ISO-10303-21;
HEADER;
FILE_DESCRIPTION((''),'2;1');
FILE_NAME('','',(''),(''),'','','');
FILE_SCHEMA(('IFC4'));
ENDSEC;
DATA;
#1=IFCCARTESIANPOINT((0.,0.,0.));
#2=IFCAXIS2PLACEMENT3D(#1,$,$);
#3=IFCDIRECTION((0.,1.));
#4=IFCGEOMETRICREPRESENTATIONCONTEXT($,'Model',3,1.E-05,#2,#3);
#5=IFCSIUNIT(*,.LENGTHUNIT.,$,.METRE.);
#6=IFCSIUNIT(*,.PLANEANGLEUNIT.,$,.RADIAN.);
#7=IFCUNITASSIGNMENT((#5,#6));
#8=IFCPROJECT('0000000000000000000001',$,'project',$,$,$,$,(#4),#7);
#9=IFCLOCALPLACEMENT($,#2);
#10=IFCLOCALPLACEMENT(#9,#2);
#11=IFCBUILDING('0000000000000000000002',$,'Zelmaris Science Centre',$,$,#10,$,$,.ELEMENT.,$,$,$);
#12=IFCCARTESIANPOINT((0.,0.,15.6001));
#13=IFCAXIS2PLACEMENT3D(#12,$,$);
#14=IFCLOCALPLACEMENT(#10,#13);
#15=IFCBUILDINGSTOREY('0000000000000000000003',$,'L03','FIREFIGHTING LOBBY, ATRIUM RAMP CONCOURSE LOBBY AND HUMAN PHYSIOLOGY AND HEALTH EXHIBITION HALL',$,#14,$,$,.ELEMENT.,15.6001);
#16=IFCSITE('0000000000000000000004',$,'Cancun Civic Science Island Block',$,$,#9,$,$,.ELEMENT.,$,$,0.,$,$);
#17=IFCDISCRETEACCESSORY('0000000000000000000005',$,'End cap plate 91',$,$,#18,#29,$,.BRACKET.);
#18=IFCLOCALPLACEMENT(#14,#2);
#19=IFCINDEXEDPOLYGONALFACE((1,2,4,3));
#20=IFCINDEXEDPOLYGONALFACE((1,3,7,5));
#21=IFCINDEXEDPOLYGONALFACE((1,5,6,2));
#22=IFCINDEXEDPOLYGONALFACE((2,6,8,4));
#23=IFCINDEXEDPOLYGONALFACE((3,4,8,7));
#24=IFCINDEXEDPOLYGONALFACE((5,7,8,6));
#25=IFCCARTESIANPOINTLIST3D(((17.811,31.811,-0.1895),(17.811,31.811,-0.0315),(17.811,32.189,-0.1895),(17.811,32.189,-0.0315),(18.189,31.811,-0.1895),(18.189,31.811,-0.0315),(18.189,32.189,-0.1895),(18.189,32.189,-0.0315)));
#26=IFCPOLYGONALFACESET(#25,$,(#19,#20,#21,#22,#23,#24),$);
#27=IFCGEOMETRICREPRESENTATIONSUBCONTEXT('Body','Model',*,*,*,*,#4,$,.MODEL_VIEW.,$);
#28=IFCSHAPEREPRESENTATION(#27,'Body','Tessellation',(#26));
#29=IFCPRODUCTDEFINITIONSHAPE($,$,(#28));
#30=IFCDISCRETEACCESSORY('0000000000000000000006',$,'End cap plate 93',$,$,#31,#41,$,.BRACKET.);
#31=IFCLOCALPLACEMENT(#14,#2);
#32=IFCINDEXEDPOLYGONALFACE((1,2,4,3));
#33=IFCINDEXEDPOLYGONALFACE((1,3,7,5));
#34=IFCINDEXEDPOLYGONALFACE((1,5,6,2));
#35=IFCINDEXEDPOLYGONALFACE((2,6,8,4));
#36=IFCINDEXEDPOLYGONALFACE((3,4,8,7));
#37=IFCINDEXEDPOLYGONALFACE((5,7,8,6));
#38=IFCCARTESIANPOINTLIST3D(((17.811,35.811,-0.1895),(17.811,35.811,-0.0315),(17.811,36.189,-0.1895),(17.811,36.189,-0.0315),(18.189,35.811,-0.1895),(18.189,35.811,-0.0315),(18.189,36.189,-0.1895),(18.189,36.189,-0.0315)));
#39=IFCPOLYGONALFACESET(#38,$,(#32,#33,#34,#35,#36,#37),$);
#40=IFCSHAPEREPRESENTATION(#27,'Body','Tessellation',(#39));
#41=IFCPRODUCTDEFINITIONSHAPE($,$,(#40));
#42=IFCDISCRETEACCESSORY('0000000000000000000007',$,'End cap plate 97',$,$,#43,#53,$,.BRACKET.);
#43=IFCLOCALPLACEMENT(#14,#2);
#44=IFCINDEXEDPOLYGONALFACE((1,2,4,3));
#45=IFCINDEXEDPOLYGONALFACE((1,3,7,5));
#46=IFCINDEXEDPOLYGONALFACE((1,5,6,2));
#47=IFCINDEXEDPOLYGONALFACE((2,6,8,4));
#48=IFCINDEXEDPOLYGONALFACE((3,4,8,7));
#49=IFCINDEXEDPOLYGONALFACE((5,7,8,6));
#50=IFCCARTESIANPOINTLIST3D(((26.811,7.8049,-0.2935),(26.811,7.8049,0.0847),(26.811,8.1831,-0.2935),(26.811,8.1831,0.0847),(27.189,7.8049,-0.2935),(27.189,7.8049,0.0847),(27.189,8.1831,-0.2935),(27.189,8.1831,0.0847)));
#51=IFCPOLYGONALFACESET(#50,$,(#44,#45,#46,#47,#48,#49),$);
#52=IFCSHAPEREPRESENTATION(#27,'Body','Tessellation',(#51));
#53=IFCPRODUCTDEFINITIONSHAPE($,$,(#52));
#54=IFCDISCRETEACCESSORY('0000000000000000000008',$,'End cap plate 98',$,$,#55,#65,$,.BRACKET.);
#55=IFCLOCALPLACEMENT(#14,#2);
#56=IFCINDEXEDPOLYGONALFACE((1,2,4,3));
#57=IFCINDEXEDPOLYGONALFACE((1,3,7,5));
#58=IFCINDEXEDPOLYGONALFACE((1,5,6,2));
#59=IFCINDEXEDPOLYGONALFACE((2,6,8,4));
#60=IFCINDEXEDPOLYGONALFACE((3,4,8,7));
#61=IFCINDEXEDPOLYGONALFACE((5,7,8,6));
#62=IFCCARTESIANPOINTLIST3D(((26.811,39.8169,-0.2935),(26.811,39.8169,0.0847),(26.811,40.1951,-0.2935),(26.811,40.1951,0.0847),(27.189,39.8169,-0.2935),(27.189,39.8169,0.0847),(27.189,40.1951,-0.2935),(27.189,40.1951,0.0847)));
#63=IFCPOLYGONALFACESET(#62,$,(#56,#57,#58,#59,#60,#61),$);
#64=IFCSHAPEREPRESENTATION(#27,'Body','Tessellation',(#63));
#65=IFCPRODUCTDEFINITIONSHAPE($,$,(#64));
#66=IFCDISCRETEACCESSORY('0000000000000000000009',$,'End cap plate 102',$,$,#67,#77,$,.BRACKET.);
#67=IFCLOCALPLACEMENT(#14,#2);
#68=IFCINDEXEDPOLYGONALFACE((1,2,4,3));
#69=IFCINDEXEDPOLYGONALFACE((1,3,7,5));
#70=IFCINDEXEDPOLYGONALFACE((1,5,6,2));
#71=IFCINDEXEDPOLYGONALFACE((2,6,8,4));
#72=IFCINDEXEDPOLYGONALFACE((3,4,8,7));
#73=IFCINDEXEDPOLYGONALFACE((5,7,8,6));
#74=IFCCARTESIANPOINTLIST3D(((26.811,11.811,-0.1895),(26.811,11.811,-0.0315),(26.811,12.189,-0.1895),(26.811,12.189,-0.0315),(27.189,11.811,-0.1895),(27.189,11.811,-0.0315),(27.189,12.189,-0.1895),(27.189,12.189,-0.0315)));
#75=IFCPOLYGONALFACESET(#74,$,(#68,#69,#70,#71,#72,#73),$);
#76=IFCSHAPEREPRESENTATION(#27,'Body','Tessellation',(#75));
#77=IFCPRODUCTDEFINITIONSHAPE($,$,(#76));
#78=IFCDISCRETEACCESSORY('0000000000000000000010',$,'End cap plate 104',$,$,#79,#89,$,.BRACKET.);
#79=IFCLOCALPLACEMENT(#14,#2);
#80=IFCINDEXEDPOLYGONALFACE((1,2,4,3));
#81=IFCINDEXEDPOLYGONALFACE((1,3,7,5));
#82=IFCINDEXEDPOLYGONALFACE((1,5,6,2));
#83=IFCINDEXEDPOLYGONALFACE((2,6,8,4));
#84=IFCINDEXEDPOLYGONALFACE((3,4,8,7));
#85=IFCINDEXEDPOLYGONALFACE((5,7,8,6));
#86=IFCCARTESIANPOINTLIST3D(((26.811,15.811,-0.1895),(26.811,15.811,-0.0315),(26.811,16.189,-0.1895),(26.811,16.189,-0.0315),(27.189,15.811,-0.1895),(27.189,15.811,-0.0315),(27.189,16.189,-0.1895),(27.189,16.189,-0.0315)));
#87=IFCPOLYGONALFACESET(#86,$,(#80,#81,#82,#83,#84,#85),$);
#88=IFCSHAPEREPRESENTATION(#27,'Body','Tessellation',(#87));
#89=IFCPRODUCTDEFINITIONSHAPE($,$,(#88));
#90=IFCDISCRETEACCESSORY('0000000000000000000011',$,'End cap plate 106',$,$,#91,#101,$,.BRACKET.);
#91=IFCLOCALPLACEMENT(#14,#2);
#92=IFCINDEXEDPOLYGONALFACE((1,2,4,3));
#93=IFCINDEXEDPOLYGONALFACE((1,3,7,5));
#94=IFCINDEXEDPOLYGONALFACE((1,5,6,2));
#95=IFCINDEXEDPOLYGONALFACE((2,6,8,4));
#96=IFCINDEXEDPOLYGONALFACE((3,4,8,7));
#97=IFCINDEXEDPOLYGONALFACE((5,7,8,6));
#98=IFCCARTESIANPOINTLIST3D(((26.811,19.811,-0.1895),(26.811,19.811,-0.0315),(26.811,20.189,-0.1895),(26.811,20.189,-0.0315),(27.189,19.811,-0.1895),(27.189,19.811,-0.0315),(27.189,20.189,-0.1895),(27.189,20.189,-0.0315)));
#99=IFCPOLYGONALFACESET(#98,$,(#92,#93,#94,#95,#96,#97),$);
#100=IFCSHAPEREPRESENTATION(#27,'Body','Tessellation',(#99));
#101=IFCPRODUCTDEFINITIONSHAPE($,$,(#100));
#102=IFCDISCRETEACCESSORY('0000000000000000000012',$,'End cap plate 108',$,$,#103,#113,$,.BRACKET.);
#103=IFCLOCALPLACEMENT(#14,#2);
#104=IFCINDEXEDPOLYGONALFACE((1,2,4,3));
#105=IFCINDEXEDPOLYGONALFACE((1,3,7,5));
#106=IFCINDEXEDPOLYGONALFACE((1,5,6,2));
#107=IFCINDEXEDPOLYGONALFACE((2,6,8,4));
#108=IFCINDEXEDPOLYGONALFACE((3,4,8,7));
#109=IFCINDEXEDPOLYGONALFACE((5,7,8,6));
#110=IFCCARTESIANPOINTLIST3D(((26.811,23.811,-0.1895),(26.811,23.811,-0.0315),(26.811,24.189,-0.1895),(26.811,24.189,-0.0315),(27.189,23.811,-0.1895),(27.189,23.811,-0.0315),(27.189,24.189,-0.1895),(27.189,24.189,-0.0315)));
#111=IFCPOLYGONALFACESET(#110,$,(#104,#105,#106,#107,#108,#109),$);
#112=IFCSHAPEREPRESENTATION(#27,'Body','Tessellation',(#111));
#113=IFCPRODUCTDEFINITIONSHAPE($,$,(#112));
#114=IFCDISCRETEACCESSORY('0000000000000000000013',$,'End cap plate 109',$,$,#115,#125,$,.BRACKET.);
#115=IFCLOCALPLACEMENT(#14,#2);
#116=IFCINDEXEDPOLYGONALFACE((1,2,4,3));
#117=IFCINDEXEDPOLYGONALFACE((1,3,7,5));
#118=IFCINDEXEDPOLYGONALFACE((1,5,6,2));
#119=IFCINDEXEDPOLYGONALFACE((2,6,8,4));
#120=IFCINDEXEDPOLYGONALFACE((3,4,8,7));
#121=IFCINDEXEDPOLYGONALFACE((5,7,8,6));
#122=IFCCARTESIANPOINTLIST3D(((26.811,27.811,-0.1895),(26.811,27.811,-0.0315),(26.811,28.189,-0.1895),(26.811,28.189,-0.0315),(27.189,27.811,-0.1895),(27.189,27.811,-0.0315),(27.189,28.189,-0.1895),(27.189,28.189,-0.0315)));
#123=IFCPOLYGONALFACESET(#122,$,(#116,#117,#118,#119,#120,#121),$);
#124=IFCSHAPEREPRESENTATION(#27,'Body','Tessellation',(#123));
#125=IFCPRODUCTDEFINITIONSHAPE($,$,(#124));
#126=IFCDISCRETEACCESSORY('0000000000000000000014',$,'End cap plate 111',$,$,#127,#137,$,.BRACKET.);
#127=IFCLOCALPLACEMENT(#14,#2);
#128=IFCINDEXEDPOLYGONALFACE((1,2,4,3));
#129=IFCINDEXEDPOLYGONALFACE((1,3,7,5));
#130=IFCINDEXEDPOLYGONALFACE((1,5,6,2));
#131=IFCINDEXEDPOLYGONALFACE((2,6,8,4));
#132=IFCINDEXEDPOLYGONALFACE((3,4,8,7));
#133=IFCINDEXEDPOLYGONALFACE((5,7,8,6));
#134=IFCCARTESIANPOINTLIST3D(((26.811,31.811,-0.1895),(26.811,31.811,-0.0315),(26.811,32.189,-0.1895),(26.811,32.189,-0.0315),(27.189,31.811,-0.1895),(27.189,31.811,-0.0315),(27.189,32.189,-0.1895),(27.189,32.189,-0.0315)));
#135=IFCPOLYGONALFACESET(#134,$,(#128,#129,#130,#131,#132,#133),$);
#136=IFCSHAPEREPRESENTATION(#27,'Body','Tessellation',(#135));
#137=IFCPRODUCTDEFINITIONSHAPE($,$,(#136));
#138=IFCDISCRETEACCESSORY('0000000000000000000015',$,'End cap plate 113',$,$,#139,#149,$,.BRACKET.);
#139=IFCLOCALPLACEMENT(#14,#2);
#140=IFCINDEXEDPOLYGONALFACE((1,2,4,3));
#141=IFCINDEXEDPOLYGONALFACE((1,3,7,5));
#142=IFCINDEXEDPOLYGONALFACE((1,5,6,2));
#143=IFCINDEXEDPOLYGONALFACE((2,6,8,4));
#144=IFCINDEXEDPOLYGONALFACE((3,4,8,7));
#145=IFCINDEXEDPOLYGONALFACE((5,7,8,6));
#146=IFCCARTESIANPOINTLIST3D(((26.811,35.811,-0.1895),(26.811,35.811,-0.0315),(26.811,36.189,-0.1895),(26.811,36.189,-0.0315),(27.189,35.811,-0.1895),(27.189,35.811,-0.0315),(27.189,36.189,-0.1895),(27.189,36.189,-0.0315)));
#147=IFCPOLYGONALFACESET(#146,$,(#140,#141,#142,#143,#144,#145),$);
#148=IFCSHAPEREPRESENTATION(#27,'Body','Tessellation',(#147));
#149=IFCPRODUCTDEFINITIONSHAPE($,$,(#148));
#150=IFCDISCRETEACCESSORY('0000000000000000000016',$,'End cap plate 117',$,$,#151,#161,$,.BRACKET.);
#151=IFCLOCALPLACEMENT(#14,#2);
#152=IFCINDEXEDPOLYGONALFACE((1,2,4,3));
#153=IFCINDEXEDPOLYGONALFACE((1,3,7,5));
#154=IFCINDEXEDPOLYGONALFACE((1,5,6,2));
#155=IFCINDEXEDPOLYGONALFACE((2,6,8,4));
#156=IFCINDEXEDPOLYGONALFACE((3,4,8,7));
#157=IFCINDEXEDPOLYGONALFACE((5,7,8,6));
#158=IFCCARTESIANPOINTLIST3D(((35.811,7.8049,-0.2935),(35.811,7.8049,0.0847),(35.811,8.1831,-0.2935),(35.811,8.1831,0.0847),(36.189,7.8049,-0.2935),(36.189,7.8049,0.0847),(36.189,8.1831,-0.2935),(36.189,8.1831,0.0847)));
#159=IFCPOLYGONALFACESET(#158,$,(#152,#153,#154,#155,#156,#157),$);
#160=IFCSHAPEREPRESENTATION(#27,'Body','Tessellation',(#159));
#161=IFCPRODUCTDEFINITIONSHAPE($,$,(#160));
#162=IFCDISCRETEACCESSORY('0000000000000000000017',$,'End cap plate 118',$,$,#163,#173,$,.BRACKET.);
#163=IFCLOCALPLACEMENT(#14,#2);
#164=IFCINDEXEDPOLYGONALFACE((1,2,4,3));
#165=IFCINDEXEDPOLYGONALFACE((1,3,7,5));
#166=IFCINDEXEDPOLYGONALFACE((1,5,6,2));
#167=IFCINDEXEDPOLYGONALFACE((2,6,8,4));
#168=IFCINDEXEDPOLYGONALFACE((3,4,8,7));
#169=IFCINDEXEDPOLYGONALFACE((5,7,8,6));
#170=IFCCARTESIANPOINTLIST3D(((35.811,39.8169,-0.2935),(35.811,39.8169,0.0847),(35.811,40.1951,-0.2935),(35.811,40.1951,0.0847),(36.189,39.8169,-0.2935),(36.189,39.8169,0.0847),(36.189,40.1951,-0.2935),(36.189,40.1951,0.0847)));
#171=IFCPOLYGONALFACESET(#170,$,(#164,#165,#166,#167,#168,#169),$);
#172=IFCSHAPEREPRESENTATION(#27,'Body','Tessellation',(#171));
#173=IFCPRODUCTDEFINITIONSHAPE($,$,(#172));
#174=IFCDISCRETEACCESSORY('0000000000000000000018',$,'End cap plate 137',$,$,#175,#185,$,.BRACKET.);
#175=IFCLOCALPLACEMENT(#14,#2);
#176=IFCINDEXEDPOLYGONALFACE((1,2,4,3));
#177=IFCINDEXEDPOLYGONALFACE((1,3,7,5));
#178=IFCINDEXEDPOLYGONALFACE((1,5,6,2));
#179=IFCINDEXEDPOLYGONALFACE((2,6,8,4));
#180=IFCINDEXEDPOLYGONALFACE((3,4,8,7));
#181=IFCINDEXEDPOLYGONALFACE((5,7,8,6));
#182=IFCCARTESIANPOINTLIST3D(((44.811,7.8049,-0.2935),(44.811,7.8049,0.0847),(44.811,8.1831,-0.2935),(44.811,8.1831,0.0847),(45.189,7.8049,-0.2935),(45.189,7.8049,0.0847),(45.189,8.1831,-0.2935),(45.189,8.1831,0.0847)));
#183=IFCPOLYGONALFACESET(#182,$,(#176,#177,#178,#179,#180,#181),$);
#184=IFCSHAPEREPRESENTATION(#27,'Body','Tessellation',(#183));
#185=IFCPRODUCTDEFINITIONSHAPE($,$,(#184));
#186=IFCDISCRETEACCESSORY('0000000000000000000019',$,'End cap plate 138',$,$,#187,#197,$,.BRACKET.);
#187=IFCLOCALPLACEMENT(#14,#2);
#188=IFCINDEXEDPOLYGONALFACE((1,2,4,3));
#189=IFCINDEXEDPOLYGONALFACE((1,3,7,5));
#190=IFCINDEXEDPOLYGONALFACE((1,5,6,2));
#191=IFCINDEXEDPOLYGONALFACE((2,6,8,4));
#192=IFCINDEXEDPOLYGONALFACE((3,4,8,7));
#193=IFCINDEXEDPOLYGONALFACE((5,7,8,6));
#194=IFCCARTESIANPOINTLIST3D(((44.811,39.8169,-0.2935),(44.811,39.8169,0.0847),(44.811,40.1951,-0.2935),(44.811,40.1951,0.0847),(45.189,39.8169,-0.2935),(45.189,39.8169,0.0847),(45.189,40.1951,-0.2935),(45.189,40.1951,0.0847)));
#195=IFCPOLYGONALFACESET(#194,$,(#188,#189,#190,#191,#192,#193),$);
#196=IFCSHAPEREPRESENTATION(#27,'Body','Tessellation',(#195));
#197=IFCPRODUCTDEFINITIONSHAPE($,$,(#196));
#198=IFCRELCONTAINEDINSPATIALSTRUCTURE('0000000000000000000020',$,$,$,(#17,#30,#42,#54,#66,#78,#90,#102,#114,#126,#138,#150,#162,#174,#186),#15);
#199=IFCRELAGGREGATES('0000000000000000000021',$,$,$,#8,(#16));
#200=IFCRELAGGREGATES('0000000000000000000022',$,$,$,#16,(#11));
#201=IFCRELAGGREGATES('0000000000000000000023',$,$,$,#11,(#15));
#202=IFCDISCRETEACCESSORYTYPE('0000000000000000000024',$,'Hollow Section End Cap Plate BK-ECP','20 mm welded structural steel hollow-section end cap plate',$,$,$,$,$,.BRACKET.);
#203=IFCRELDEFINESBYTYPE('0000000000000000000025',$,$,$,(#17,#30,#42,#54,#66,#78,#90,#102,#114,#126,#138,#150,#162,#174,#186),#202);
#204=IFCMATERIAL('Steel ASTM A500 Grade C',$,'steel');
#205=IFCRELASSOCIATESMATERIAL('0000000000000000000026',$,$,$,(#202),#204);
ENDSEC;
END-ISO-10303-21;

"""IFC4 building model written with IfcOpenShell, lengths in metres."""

from ifc_helpers import new_model, si_unit, direction, frame, origin, place, context, subcontext, project, spatial, polyline, outline, extrude, material, type_object, element, save


model = new_model("IFC4")

# Units and contexts
model_context = context("Model", 3, precision=1e-05, world=origin(), true_north=direction((0.0, 1.0)))
body_context = subcontext(model_context, "Body", "Model", "MODEL_VIEW")
ifc_project = project(units=[si_unit("LENGTHUNIT", "METRE"), si_unit("PLANEANGLEUNIT", "RADIAN")], contexts=[model_context])

# Site, building, storey
site_placement = place(None, origin())
site = spatial("IfcSite", under=ifc_project, at=site_placement, Name="Cancun Civic Science Island Block", CompositionType="ELEMENT", RefElevation=0.0)
building_placement = place(site_placement, origin())
building = spatial("IfcBuilding", under=site, at=building_placement, Name="Zelmaris Science Centre", CompositionType="ELEMENT")
storey_placement = place(building_placement, frame((0.0, 0.0, 15.6001)))
storey = spatial("IfcBuildingStorey", under=building, at=storey_placement, Name="L03", Description="FIREFIGHTING LOBBY, ATRIUM RAMP CONCOURSE LOBBY AND HUMAN PHYSIOLOGY AND HEALTH EXHIBITION HALL", CompositionType="ELEMENT", Elevation=15.6001)

# Discrete accessories
ifc_material_1 = material(Name="Steel ASTM A500 Grade C", Category="steel")
discrete_accessory_type = type_object("IfcDiscreteAccessoryType", Name="Hollow Section End Cap Plate BK-ECP", Description="20 mm welded structural steel hollow-section end cap plate", PredefinedType="BRACKET", material=ifc_material_1)
discrete_accessory_1_placement = place(storey_placement, frame((0.0, 0.0, -0.1895)))
element("IfcDiscreteAccessory", 1, at=discrete_accessory_1_placement, inside=storey, type_object=discrete_accessory_type, Name="End cap plate 91", PredefinedType="BRACKET", context=body_context, shape_type="SweptSolid", body=[
    extrude(outline(polyline([(17.811, 31.811), (18.189, 31.811), (18.189, 32.189), (17.811, 32.189), (17.811, 31.811)])), origin(), (0.0, 0.0, 1.0), 0.158),
])
discrete_accessory_2_placement = place(storey_placement, frame((0.0, 0.0, -0.1895)))
element("IfcDiscreteAccessory", 2, at=discrete_accessory_2_placement, inside=storey, type_object=discrete_accessory_type, Name="End cap plate 93", PredefinedType="BRACKET", context=body_context, shape_type="SweptSolid", body=[
    extrude(outline(polyline([(17.811, 35.811), (18.189, 35.811), (18.189, 36.189), (17.811, 36.189), (17.811, 35.811)])), origin(), (0.0, 0.0, 1.0), 0.158),
])
discrete_accessory_3_placement = place(storey_placement, frame((0.0, 0.0, -0.2935)))
element("IfcDiscreteAccessory", 3, at=discrete_accessory_3_placement, inside=storey, type_object=discrete_accessory_type, Name="End cap plate 97", PredefinedType="BRACKET", context=body_context, shape_type="SweptSolid", body=[
    extrude(outline(polyline([(26.811, 7.8049), (27.189, 7.8049), (27.189, 8.1831), (26.811, 8.1831), (26.811, 7.8049)])), origin(), (0.0, 0.0, 1.0), 0.3782),
])
discrete_accessory_4_placement = place(storey_placement, frame((0.0, 0.0, -0.2935)))
element("IfcDiscreteAccessory", 4, at=discrete_accessory_4_placement, inside=storey, type_object=discrete_accessory_type, Name="End cap plate 98", PredefinedType="BRACKET", context=body_context, shape_type="SweptSolid", body=[
    extrude(outline(polyline([(26.811, 39.8169), (27.189, 39.8169), (27.189, 40.1951), (26.811, 40.1951), (26.811, 39.8169)])), origin(), (0.0, 0.0, 1.0), 0.3782),
])
discrete_accessory_5_placement = place(storey_placement, frame((0.0, 0.0, -0.1895)))
element("IfcDiscreteAccessory", 5, at=discrete_accessory_5_placement, inside=storey, type_object=discrete_accessory_type, Name="End cap plate 102", PredefinedType="BRACKET", context=body_context, shape_type="SweptSolid", body=[
    extrude(outline(polyline([(26.811, 11.811), (27.189, 11.811), (27.189, 12.189), (26.811, 12.189), (26.811, 11.811)])), origin(), (0.0, 0.0, 1.0), 0.158),
])
discrete_accessory_6_placement = place(storey_placement, frame((0.0, 0.0, -0.1895)))
element("IfcDiscreteAccessory", 6, at=discrete_accessory_6_placement, inside=storey, type_object=discrete_accessory_type, Name="End cap plate 104", PredefinedType="BRACKET", context=body_context, shape_type="SweptSolid", body=[
    extrude(outline(polyline([(26.811, 15.811), (27.189, 15.811), (27.189, 16.189), (26.811, 16.189), (26.811, 15.811)])), origin(), (0.0, 0.0, 1.0), 0.158),
])
discrete_accessory_7_placement = place(storey_placement, frame((0.0, 0.0, -0.1895)))
element("IfcDiscreteAccessory", 7, at=discrete_accessory_7_placement, inside=storey, type_object=discrete_accessory_type, Name="End cap plate 106", PredefinedType="BRACKET", context=body_context, shape_type="SweptSolid", body=[
    extrude(outline(polyline([(26.811, 19.811), (27.189, 19.811), (27.189, 20.189), (26.811, 20.189), (26.811, 19.811)])), origin(), (0.0, 0.0, 1.0), 0.158),
])
discrete_accessory_8_placement = place(storey_placement, frame((0.0, 0.0, -0.1895)))
element("IfcDiscreteAccessory", 8, at=discrete_accessory_8_placement, inside=storey, type_object=discrete_accessory_type, Name="End cap plate 108", PredefinedType="BRACKET", context=body_context, shape_type="SweptSolid", body=[
    extrude(outline(polyline([(26.811, 23.811), (27.189, 23.811), (27.189, 24.189), (26.811, 24.189), (26.811, 23.811)])), origin(), (0.0, 0.0, 1.0), 0.158),
])
discrete_accessory_9_placement = place(storey_placement, frame((0.0, 0.0, -0.1895)))
element("IfcDiscreteAccessory", 9, at=discrete_accessory_9_placement, inside=storey, type_object=discrete_accessory_type, Name="End cap plate 109", PredefinedType="BRACKET", context=body_context, shape_type="SweptSolid", body=[
    extrude(outline(polyline([(26.811, 27.811), (27.189, 27.811), (27.189, 28.189), (26.811, 28.189), (26.811, 27.811)])), origin(), (0.0, 0.0, 1.0), 0.158),
])
discrete_accessory_10_placement = place(storey_placement, frame((0.0, 0.0, -0.1895)))
element("IfcDiscreteAccessory", 10, at=discrete_accessory_10_placement, inside=storey, type_object=discrete_accessory_type, Name="End cap plate 111", PredefinedType="BRACKET", context=body_context, shape_type="SweptSolid", body=[
    extrude(outline(polyline([(26.811, 31.811), (27.189, 31.811), (27.189, 32.189), (26.811, 32.189), (26.811, 31.811)])), origin(), (0.0, 0.0, 1.0), 0.158),
])
discrete_accessory_11_placement = place(storey_placement, frame((0.0, 0.0, -0.1895)))
element("IfcDiscreteAccessory", 11, at=discrete_accessory_11_placement, inside=storey, type_object=discrete_accessory_type, Name="End cap plate 113", PredefinedType="BRACKET", context=body_context, shape_type="SweptSolid", body=[
    extrude(outline(polyline([(26.811, 35.811), (27.189, 35.811), (27.189, 36.189), (26.811, 36.189), (26.811, 35.811)])), origin(), (0.0, 0.0, 1.0), 0.158),
])
discrete_accessory_12_placement = place(storey_placement, frame((0.0, 0.0, -0.2935)))
element("IfcDiscreteAccessory", 12, at=discrete_accessory_12_placement, inside=storey, type_object=discrete_accessory_type, Name="End cap plate 117", PredefinedType="BRACKET", context=body_context, shape_type="SweptSolid", body=[
    extrude(outline(polyline([(35.811, 7.8049), (36.189, 7.8049), (36.189, 8.1831), (35.811, 8.1831), (35.811, 7.8049)])), origin(), (0.0, 0.0, 1.0), 0.3782),
])
discrete_accessory_13_placement = place(storey_placement, frame((0.0, 0.0, -0.2935)))
element("IfcDiscreteAccessory", 13, at=discrete_accessory_13_placement, inside=storey, type_object=discrete_accessory_type, Name="End cap plate 118", PredefinedType="BRACKET", context=body_context, shape_type="SweptSolid", body=[
    extrude(outline(polyline([(35.811, 39.8169), (36.189, 39.8169), (36.189, 40.1951), (35.811, 40.1951), (35.811, 39.8169)])), origin(), (0.0, 0.0, 1.0), 0.3782),
])
discrete_accessory_14_placement = place(storey_placement, frame((0.0, 0.0, -0.2935)))
element("IfcDiscreteAccessory", 14, at=discrete_accessory_14_placement, inside=storey, type_object=discrete_accessory_type, Name="End cap plate 137", PredefinedType="BRACKET", context=body_context, shape_type="SweptSolid", body=[
    extrude(outline(polyline([(44.811, 7.8049), (45.189, 7.8049), (45.189, 8.1831), (44.811, 8.1831), (44.811, 7.8049)])), origin(), (0.0, 0.0, 1.0), 0.3782),
])
discrete_accessory_15_placement = place(storey_placement, frame((0.0, 0.0, -0.2935)))
element("IfcDiscreteAccessory", 15, at=discrete_accessory_15_placement, inside=storey, type_object=discrete_accessory_type, Name="End cap plate 138", PredefinedType="BRACKET", context=body_context, shape_type="SweptSolid", body=[
    extrude(outline(polyline([(44.811, 39.8169), (45.189, 39.8169), (45.189, 40.1951), (44.811, 40.1951), (44.811, 39.8169)])), origin(), (0.0, 0.0, 1.0), 0.3782),
])

save(model, "model.ifc")
